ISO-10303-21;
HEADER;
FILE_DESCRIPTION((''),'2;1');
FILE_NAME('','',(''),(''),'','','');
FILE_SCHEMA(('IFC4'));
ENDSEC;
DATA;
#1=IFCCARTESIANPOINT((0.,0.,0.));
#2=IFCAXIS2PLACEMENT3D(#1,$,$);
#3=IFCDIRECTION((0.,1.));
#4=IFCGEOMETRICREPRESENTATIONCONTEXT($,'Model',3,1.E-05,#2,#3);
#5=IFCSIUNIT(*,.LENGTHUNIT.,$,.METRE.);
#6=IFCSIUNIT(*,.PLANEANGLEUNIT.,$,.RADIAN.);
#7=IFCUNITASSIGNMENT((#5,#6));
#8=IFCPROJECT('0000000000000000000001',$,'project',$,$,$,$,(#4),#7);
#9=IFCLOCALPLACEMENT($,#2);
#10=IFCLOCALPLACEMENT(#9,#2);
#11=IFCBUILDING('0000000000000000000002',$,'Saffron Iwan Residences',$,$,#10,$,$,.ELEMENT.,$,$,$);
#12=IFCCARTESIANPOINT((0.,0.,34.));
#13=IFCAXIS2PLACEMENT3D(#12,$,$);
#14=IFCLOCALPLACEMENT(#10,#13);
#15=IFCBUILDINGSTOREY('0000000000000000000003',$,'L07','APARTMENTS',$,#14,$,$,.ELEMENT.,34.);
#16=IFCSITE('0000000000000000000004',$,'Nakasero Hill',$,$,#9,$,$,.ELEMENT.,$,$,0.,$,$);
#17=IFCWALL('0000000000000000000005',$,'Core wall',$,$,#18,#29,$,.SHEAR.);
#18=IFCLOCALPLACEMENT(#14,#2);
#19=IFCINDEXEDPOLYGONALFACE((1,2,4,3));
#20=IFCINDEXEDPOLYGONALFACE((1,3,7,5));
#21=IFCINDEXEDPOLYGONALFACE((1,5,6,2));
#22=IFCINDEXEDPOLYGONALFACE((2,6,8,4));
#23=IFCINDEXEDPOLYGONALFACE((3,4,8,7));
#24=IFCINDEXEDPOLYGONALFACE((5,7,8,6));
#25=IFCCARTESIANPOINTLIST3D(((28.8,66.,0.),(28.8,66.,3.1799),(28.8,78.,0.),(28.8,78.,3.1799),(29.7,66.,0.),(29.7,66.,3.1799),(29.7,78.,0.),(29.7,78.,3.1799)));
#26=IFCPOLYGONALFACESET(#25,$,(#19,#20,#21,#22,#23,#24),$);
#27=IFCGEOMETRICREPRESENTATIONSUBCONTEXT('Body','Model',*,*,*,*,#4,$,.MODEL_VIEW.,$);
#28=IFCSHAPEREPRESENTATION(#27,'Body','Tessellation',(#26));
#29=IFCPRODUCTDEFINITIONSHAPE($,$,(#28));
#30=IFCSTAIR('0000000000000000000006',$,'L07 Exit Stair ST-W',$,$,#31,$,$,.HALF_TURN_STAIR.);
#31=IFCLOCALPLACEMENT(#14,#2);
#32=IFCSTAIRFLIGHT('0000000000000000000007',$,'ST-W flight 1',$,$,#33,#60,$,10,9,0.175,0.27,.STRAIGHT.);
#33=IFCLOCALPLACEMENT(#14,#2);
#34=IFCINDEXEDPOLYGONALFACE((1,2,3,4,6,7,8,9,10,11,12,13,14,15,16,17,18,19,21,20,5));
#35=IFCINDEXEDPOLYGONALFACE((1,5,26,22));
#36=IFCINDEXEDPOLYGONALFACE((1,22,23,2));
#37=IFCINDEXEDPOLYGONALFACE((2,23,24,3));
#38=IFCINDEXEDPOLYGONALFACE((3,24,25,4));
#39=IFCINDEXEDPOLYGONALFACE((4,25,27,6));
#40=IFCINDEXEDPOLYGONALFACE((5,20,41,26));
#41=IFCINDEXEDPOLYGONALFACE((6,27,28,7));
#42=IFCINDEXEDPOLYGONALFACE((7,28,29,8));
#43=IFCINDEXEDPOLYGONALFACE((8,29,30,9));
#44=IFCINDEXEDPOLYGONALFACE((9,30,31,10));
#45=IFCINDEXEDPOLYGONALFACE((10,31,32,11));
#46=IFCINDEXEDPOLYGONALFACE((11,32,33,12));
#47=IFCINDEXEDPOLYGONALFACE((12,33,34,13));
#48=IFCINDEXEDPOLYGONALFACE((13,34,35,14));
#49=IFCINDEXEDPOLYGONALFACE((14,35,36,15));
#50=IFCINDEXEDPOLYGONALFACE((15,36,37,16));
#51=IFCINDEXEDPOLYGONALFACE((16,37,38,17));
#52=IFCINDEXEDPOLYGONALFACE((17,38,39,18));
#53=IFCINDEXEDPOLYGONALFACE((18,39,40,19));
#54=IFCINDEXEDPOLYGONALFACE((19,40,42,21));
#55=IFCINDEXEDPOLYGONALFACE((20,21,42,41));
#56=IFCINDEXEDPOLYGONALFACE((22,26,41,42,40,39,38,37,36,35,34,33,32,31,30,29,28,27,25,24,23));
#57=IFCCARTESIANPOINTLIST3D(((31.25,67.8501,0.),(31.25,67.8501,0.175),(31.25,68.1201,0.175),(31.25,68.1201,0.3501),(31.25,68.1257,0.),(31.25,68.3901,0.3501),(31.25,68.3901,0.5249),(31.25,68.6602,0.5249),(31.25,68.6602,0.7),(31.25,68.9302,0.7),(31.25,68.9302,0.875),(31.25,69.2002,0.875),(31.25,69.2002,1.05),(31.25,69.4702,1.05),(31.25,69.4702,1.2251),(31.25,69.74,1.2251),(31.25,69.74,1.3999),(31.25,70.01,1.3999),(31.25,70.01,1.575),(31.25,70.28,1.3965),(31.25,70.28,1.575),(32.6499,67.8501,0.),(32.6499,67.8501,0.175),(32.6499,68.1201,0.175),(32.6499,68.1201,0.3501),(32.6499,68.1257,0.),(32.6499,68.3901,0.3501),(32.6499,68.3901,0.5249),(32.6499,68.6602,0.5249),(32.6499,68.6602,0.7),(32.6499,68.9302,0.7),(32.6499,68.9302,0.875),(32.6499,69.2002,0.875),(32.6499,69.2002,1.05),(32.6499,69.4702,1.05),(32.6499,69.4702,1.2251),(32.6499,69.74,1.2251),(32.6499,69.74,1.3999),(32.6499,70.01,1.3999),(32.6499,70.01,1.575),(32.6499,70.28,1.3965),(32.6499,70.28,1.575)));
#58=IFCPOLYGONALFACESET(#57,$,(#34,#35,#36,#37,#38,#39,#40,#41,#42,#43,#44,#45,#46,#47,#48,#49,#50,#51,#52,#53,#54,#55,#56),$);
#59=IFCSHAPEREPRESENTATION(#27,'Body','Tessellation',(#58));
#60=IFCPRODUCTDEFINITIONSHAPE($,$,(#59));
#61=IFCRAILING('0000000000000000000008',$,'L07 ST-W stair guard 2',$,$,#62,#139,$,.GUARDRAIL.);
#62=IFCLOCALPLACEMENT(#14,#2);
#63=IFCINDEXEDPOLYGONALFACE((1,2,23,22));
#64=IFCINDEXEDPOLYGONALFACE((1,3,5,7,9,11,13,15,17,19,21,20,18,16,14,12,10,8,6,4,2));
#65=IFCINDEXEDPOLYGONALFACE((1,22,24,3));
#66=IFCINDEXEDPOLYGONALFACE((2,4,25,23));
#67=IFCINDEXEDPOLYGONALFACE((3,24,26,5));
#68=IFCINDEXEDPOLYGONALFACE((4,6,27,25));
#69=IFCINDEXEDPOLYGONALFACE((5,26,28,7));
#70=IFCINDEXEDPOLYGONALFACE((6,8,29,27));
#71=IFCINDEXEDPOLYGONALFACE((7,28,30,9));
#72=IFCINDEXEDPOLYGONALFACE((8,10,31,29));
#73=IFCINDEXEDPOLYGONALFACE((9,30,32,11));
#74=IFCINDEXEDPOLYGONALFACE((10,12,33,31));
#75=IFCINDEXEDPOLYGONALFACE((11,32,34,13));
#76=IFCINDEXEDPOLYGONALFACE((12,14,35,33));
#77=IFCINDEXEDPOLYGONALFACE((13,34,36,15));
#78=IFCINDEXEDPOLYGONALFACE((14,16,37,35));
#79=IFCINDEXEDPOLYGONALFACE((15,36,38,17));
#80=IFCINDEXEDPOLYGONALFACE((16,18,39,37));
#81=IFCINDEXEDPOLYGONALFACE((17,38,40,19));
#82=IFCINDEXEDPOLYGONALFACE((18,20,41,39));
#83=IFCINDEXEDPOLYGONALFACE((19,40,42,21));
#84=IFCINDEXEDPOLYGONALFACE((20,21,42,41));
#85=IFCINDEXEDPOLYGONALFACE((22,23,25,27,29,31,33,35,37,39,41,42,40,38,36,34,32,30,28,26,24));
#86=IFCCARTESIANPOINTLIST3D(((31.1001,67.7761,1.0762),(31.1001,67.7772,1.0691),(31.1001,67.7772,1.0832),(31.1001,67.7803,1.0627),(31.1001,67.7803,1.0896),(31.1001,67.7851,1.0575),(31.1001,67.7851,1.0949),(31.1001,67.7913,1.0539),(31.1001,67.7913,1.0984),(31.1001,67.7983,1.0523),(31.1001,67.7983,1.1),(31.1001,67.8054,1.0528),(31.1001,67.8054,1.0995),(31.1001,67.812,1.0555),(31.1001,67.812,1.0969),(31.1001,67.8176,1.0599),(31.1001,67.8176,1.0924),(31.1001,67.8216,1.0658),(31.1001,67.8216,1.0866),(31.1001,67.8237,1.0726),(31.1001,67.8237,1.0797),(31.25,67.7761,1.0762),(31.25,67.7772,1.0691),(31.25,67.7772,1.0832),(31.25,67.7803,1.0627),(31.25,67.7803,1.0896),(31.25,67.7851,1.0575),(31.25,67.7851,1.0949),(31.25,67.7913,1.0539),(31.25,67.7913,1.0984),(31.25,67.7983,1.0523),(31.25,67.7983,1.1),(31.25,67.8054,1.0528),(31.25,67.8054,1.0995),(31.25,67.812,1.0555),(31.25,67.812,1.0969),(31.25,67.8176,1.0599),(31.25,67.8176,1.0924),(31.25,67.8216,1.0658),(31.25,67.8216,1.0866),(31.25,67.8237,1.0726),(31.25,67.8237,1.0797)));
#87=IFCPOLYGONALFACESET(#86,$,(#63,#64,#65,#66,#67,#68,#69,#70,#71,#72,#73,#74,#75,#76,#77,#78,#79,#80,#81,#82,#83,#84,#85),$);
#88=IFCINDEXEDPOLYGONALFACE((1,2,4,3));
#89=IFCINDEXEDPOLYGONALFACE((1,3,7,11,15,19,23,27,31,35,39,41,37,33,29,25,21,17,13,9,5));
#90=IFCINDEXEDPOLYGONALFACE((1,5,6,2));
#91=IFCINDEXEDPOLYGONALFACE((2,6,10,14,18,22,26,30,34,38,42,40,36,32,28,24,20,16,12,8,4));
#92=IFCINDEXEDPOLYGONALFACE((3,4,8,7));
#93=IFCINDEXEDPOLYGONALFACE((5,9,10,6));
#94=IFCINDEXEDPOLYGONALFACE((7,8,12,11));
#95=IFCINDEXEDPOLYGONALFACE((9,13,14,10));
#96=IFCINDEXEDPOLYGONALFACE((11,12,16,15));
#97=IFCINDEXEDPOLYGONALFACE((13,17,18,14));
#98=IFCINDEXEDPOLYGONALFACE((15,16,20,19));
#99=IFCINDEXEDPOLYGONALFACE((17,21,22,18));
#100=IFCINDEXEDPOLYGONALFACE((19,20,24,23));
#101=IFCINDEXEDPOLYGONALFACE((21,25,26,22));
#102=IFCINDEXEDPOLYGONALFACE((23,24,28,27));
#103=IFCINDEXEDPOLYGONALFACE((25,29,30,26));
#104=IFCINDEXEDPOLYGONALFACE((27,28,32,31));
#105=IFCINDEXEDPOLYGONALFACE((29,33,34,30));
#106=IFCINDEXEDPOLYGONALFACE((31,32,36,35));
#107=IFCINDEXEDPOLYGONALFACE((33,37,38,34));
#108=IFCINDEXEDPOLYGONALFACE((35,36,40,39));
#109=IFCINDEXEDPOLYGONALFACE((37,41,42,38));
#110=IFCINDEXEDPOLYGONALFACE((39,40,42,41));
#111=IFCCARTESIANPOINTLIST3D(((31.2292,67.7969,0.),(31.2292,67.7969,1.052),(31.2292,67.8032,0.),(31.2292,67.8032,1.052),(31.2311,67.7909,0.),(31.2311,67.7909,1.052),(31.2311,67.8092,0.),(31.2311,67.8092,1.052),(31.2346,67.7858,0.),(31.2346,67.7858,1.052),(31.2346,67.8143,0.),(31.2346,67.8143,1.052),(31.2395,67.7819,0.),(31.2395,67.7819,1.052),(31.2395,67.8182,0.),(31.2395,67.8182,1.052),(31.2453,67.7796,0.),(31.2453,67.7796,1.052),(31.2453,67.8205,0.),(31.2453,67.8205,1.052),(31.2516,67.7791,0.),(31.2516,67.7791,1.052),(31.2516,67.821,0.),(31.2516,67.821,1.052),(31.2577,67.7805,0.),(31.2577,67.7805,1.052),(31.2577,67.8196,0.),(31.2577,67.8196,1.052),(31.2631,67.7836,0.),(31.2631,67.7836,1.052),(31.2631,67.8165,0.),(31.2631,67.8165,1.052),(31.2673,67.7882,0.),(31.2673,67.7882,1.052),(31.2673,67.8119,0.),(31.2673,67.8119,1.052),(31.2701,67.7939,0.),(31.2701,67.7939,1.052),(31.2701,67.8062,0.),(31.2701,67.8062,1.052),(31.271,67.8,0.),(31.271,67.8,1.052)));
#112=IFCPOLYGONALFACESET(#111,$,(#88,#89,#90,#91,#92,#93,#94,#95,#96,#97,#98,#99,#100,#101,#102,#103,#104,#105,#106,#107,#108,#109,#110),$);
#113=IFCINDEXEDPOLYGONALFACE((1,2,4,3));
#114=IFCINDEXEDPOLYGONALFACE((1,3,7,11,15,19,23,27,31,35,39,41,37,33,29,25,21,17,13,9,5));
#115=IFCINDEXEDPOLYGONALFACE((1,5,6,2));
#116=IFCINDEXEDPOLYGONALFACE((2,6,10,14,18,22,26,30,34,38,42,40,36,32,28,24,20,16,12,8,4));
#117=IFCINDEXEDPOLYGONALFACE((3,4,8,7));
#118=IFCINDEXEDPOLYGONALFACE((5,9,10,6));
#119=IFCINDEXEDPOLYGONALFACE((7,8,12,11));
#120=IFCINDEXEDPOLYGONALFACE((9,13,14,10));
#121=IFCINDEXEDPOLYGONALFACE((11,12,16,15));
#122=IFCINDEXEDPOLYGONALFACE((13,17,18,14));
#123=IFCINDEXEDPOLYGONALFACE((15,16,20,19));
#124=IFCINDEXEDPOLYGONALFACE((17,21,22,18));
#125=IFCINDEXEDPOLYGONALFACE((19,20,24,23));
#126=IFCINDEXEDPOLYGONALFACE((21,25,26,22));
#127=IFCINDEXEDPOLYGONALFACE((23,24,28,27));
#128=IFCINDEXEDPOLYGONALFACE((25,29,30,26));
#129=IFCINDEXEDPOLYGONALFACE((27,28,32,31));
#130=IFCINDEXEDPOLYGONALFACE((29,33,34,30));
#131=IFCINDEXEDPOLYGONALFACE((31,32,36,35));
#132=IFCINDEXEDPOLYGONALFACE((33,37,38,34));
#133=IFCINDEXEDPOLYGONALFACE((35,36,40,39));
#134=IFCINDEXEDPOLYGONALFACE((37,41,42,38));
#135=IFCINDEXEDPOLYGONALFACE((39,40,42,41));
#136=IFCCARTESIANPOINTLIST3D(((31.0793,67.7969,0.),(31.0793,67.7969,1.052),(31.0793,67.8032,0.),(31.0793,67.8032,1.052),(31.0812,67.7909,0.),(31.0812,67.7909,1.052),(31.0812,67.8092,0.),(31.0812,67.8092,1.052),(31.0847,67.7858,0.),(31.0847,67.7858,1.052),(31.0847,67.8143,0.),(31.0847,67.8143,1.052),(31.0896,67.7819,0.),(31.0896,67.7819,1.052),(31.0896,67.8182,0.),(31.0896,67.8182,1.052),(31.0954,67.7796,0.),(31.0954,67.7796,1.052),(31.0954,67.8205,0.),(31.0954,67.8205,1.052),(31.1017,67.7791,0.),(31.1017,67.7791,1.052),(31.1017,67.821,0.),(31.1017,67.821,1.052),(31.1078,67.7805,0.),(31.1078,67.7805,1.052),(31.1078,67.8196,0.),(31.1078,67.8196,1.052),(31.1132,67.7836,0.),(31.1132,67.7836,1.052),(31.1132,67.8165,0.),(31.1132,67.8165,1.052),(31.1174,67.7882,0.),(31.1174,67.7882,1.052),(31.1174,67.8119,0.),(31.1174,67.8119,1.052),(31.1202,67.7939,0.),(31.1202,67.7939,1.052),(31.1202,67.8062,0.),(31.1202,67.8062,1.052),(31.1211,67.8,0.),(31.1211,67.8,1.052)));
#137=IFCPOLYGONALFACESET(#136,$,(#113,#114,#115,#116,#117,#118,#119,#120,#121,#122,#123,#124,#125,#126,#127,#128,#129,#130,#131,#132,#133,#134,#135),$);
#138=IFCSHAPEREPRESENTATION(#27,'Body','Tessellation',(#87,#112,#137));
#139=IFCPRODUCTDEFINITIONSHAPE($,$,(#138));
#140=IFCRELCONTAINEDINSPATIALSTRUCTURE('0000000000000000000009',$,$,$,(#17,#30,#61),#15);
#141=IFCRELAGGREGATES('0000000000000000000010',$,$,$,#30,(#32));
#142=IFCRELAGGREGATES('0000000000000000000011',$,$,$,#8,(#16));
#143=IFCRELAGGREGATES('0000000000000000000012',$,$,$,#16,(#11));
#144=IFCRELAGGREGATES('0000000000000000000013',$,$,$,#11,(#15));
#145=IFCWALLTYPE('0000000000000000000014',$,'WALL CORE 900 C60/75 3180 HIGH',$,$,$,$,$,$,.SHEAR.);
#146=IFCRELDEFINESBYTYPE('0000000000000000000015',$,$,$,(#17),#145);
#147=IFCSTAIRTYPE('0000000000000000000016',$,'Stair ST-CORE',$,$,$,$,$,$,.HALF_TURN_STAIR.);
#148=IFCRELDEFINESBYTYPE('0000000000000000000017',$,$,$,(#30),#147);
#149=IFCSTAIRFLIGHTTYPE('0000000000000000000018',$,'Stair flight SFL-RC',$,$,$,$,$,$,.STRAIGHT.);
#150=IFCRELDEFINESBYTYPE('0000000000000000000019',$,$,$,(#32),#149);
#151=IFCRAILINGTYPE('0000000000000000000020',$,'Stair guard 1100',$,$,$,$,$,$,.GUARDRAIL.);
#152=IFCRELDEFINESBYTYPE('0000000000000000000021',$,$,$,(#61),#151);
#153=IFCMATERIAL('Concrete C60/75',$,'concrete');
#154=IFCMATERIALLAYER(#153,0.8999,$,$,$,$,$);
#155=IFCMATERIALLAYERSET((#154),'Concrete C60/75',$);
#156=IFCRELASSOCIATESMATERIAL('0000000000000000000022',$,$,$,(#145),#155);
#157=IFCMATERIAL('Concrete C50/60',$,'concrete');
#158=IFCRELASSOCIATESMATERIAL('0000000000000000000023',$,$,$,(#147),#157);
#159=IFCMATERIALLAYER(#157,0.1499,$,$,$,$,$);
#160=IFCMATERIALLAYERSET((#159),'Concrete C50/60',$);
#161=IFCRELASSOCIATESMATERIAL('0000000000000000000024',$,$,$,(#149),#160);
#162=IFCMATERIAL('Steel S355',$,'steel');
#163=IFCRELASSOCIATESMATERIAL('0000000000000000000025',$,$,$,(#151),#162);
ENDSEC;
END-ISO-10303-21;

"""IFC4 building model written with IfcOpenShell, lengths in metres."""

from ifc_helpers import new_model, si_unit, direction, frame, frame_2d, origin, origin_2d, place, context, subcontext, project, spatial, polyline, rectangle, circle, outline, extrude, material, layer, layer_set, type_object, element, aggregate, save


model = new_model("IFC4")

# Units and contexts
model_context = context("Model", 3, precision=1e-05, world=origin(), true_north=direction((0.0, 1.0)))
body_context = subcontext(model_context, "Body", "Model", "MODEL_VIEW")
ifc_project = project(units=[si_unit("LENGTHUNIT", "METRE"), si_unit("PLANEANGLEUNIT", "RADIAN")], contexts=[model_context])

# Site, building, storey
site_placement = place(None, origin())
site = spatial("IfcSite", under=ifc_project, at=site_placement, Name="Nakasero Hill", CompositionType="ELEMENT", RefElevation=0.0)
building_placement = place(site_placement, origin())
building = spatial("IfcBuilding", under=site, at=building_placement, Name="Saffron Iwan Residences", CompositionType="ELEMENT")
storey_placement = place(building_placement, frame((0.0, 0.0, 34.0)))
storey = spatial("IfcBuildingStorey", under=building, at=storey_placement, Name="L07", Description="APARTMENTS", CompositionType="ELEMENT", Elevation=34.0)

# Shared definitions
ifc_material_1 = material(Name="Concrete C60/75", Category="concrete")

# Wall
ifc_layer_1 = layer(ifc_material_1, 0.8999)
ifc_layer_set_1 = layer_set([ifc_layer_1], Name="Concrete C60/75")
wall_type_1 = type_object("IfcWallType", Name="WALL CORE 900 C60/75 3180 HIGH", PredefinedType="SHEAR", material=ifc_layer_set_1)
wall_1_placement = place(storey_placement, frame((29.25, 66.0, 0.0), z_axis=(0.0, 0.0, 1.0), x_axis=(0.0, 1.0, 0.0)))
element("IfcWall", 1, at=wall_1_placement, inside=storey, type_object=wall_type_1, Name="Core wall", PredefinedType="SHEAR", context=body_context, shape_type="SweptSolid", body=[
    extrude(rectangle(XDim=12.0, YDim=0.8999, at=frame_2d((6.0, 0.0))), origin(), (0.0, 0.0, 1.0), 3.1799),
])

# Stair, stair flight
ifc_material_2 = material(Name="Concrete C50/60", Category="concrete")
stair_type = type_object("IfcStairType", Name="Stair ST-CORE", PredefinedType="HALF_TURN_STAIR", material=ifc_material_2)
stair_placement = place(storey_placement, origin())
stair = element("IfcStair", 2, at=stair_placement, inside=storey, type_object=stair_type, Name="L07 Exit Stair ST-W", PredefinedType="HALF_TURN_STAIR")
ifc_layer_2 = layer(ifc_material_2, 0.1499)
ifc_layer_set_2 = layer_set([ifc_layer_2], Name="Concrete C50/60")
stair_flight_type = type_object("IfcStairFlightType", Name="Stair flight SFL-RC", PredefinedType="STRAIGHT", material=ifc_layer_set_2)
stair_flight_placement = place(storey_placement, frame((31.95, 67.8501, 0.0), z_axis=(0.0, 0.0, 1.0), x_axis=(0.0, 1.0, 0.0)))
stair_flight = element("IfcStairFlight", 3, at=stair_flight_placement, type_object=stair_flight_type, Name="ST-W flight 1", NumberOfRisers=10, NumberOfTreads=9, PredefinedType="STRAIGHT", RiserHeight=0.175, TreadLength=0.27, context=body_context, shape_type="SweptSolid", body=[
    extrude(outline(polyline([(0.0, 0.0), (0.0, 0.175), (0.27, 0.175), (0.27, 0.3501), (0.54, 0.3501), (0.54, 0.5249), (0.8101, 0.5249), (0.8101, 0.7), (1.0801, 0.7), (1.0801, 0.875), (1.3501, 0.875), (1.3501, 1.05), (1.6201, 1.05), (1.6201, 1.2251), (1.8899, 1.2251), (1.8899, 1.3999), (2.1599, 1.3999), (2.1599, 1.575), (2.4299, 1.575), (2.4299, 1.75), (2.4299, 1.3965), (0.2756, 0.0), (0.0, 0.0)])), frame((0.0, 0.7, 0.0), z_axis=(0.0, -1.0, 0.0), x_axis=(1.0, 0.0, 0.0)), (0.0, 0.0, 1.0), 1.3999),
])
aggregate(stair, [stair_flight])

# Railing
ifc_material_3 = material(Name="Steel S355", Category="steel")
railing_type_1 = type_object("IfcRailingType", Name="Stair guard 1100", PredefinedType="GUARDRAIL", material=ifc_material_3)
railing_1_placement = place(storey_placement, frame((31.25, 67.8, 0.0)))
element("IfcRailing", 4, at=railing_1_placement, inside=storey, type_object=railing_type_1, Name="L07 ST-W stair guard 2", PredefinedType="GUARDRAIL", context=body_context, shape_type="SweptSolid", body=[
    extrude(circle(Radius=0.0239, at=origin_2d()), frame((0.0, 0.0, 1.0762), z_axis=(-1.0, 0.0, 0.0), x_axis=(0.0, -1.0, 0.0)), (0.0, 0.0, 1.0), 0.1499),
    extrude(circle(Radius=0.021, at=origin_2d()), origin(), (0.0, 0.0, 1.0), 1.052),
    extrude(circle(Radius=0.021, at=origin_2d()), frame((-0.1499, 0.0, 0.0)), (0.0, 0.0, 1.0), 1.052),
])

save(model, "model.ifc")
